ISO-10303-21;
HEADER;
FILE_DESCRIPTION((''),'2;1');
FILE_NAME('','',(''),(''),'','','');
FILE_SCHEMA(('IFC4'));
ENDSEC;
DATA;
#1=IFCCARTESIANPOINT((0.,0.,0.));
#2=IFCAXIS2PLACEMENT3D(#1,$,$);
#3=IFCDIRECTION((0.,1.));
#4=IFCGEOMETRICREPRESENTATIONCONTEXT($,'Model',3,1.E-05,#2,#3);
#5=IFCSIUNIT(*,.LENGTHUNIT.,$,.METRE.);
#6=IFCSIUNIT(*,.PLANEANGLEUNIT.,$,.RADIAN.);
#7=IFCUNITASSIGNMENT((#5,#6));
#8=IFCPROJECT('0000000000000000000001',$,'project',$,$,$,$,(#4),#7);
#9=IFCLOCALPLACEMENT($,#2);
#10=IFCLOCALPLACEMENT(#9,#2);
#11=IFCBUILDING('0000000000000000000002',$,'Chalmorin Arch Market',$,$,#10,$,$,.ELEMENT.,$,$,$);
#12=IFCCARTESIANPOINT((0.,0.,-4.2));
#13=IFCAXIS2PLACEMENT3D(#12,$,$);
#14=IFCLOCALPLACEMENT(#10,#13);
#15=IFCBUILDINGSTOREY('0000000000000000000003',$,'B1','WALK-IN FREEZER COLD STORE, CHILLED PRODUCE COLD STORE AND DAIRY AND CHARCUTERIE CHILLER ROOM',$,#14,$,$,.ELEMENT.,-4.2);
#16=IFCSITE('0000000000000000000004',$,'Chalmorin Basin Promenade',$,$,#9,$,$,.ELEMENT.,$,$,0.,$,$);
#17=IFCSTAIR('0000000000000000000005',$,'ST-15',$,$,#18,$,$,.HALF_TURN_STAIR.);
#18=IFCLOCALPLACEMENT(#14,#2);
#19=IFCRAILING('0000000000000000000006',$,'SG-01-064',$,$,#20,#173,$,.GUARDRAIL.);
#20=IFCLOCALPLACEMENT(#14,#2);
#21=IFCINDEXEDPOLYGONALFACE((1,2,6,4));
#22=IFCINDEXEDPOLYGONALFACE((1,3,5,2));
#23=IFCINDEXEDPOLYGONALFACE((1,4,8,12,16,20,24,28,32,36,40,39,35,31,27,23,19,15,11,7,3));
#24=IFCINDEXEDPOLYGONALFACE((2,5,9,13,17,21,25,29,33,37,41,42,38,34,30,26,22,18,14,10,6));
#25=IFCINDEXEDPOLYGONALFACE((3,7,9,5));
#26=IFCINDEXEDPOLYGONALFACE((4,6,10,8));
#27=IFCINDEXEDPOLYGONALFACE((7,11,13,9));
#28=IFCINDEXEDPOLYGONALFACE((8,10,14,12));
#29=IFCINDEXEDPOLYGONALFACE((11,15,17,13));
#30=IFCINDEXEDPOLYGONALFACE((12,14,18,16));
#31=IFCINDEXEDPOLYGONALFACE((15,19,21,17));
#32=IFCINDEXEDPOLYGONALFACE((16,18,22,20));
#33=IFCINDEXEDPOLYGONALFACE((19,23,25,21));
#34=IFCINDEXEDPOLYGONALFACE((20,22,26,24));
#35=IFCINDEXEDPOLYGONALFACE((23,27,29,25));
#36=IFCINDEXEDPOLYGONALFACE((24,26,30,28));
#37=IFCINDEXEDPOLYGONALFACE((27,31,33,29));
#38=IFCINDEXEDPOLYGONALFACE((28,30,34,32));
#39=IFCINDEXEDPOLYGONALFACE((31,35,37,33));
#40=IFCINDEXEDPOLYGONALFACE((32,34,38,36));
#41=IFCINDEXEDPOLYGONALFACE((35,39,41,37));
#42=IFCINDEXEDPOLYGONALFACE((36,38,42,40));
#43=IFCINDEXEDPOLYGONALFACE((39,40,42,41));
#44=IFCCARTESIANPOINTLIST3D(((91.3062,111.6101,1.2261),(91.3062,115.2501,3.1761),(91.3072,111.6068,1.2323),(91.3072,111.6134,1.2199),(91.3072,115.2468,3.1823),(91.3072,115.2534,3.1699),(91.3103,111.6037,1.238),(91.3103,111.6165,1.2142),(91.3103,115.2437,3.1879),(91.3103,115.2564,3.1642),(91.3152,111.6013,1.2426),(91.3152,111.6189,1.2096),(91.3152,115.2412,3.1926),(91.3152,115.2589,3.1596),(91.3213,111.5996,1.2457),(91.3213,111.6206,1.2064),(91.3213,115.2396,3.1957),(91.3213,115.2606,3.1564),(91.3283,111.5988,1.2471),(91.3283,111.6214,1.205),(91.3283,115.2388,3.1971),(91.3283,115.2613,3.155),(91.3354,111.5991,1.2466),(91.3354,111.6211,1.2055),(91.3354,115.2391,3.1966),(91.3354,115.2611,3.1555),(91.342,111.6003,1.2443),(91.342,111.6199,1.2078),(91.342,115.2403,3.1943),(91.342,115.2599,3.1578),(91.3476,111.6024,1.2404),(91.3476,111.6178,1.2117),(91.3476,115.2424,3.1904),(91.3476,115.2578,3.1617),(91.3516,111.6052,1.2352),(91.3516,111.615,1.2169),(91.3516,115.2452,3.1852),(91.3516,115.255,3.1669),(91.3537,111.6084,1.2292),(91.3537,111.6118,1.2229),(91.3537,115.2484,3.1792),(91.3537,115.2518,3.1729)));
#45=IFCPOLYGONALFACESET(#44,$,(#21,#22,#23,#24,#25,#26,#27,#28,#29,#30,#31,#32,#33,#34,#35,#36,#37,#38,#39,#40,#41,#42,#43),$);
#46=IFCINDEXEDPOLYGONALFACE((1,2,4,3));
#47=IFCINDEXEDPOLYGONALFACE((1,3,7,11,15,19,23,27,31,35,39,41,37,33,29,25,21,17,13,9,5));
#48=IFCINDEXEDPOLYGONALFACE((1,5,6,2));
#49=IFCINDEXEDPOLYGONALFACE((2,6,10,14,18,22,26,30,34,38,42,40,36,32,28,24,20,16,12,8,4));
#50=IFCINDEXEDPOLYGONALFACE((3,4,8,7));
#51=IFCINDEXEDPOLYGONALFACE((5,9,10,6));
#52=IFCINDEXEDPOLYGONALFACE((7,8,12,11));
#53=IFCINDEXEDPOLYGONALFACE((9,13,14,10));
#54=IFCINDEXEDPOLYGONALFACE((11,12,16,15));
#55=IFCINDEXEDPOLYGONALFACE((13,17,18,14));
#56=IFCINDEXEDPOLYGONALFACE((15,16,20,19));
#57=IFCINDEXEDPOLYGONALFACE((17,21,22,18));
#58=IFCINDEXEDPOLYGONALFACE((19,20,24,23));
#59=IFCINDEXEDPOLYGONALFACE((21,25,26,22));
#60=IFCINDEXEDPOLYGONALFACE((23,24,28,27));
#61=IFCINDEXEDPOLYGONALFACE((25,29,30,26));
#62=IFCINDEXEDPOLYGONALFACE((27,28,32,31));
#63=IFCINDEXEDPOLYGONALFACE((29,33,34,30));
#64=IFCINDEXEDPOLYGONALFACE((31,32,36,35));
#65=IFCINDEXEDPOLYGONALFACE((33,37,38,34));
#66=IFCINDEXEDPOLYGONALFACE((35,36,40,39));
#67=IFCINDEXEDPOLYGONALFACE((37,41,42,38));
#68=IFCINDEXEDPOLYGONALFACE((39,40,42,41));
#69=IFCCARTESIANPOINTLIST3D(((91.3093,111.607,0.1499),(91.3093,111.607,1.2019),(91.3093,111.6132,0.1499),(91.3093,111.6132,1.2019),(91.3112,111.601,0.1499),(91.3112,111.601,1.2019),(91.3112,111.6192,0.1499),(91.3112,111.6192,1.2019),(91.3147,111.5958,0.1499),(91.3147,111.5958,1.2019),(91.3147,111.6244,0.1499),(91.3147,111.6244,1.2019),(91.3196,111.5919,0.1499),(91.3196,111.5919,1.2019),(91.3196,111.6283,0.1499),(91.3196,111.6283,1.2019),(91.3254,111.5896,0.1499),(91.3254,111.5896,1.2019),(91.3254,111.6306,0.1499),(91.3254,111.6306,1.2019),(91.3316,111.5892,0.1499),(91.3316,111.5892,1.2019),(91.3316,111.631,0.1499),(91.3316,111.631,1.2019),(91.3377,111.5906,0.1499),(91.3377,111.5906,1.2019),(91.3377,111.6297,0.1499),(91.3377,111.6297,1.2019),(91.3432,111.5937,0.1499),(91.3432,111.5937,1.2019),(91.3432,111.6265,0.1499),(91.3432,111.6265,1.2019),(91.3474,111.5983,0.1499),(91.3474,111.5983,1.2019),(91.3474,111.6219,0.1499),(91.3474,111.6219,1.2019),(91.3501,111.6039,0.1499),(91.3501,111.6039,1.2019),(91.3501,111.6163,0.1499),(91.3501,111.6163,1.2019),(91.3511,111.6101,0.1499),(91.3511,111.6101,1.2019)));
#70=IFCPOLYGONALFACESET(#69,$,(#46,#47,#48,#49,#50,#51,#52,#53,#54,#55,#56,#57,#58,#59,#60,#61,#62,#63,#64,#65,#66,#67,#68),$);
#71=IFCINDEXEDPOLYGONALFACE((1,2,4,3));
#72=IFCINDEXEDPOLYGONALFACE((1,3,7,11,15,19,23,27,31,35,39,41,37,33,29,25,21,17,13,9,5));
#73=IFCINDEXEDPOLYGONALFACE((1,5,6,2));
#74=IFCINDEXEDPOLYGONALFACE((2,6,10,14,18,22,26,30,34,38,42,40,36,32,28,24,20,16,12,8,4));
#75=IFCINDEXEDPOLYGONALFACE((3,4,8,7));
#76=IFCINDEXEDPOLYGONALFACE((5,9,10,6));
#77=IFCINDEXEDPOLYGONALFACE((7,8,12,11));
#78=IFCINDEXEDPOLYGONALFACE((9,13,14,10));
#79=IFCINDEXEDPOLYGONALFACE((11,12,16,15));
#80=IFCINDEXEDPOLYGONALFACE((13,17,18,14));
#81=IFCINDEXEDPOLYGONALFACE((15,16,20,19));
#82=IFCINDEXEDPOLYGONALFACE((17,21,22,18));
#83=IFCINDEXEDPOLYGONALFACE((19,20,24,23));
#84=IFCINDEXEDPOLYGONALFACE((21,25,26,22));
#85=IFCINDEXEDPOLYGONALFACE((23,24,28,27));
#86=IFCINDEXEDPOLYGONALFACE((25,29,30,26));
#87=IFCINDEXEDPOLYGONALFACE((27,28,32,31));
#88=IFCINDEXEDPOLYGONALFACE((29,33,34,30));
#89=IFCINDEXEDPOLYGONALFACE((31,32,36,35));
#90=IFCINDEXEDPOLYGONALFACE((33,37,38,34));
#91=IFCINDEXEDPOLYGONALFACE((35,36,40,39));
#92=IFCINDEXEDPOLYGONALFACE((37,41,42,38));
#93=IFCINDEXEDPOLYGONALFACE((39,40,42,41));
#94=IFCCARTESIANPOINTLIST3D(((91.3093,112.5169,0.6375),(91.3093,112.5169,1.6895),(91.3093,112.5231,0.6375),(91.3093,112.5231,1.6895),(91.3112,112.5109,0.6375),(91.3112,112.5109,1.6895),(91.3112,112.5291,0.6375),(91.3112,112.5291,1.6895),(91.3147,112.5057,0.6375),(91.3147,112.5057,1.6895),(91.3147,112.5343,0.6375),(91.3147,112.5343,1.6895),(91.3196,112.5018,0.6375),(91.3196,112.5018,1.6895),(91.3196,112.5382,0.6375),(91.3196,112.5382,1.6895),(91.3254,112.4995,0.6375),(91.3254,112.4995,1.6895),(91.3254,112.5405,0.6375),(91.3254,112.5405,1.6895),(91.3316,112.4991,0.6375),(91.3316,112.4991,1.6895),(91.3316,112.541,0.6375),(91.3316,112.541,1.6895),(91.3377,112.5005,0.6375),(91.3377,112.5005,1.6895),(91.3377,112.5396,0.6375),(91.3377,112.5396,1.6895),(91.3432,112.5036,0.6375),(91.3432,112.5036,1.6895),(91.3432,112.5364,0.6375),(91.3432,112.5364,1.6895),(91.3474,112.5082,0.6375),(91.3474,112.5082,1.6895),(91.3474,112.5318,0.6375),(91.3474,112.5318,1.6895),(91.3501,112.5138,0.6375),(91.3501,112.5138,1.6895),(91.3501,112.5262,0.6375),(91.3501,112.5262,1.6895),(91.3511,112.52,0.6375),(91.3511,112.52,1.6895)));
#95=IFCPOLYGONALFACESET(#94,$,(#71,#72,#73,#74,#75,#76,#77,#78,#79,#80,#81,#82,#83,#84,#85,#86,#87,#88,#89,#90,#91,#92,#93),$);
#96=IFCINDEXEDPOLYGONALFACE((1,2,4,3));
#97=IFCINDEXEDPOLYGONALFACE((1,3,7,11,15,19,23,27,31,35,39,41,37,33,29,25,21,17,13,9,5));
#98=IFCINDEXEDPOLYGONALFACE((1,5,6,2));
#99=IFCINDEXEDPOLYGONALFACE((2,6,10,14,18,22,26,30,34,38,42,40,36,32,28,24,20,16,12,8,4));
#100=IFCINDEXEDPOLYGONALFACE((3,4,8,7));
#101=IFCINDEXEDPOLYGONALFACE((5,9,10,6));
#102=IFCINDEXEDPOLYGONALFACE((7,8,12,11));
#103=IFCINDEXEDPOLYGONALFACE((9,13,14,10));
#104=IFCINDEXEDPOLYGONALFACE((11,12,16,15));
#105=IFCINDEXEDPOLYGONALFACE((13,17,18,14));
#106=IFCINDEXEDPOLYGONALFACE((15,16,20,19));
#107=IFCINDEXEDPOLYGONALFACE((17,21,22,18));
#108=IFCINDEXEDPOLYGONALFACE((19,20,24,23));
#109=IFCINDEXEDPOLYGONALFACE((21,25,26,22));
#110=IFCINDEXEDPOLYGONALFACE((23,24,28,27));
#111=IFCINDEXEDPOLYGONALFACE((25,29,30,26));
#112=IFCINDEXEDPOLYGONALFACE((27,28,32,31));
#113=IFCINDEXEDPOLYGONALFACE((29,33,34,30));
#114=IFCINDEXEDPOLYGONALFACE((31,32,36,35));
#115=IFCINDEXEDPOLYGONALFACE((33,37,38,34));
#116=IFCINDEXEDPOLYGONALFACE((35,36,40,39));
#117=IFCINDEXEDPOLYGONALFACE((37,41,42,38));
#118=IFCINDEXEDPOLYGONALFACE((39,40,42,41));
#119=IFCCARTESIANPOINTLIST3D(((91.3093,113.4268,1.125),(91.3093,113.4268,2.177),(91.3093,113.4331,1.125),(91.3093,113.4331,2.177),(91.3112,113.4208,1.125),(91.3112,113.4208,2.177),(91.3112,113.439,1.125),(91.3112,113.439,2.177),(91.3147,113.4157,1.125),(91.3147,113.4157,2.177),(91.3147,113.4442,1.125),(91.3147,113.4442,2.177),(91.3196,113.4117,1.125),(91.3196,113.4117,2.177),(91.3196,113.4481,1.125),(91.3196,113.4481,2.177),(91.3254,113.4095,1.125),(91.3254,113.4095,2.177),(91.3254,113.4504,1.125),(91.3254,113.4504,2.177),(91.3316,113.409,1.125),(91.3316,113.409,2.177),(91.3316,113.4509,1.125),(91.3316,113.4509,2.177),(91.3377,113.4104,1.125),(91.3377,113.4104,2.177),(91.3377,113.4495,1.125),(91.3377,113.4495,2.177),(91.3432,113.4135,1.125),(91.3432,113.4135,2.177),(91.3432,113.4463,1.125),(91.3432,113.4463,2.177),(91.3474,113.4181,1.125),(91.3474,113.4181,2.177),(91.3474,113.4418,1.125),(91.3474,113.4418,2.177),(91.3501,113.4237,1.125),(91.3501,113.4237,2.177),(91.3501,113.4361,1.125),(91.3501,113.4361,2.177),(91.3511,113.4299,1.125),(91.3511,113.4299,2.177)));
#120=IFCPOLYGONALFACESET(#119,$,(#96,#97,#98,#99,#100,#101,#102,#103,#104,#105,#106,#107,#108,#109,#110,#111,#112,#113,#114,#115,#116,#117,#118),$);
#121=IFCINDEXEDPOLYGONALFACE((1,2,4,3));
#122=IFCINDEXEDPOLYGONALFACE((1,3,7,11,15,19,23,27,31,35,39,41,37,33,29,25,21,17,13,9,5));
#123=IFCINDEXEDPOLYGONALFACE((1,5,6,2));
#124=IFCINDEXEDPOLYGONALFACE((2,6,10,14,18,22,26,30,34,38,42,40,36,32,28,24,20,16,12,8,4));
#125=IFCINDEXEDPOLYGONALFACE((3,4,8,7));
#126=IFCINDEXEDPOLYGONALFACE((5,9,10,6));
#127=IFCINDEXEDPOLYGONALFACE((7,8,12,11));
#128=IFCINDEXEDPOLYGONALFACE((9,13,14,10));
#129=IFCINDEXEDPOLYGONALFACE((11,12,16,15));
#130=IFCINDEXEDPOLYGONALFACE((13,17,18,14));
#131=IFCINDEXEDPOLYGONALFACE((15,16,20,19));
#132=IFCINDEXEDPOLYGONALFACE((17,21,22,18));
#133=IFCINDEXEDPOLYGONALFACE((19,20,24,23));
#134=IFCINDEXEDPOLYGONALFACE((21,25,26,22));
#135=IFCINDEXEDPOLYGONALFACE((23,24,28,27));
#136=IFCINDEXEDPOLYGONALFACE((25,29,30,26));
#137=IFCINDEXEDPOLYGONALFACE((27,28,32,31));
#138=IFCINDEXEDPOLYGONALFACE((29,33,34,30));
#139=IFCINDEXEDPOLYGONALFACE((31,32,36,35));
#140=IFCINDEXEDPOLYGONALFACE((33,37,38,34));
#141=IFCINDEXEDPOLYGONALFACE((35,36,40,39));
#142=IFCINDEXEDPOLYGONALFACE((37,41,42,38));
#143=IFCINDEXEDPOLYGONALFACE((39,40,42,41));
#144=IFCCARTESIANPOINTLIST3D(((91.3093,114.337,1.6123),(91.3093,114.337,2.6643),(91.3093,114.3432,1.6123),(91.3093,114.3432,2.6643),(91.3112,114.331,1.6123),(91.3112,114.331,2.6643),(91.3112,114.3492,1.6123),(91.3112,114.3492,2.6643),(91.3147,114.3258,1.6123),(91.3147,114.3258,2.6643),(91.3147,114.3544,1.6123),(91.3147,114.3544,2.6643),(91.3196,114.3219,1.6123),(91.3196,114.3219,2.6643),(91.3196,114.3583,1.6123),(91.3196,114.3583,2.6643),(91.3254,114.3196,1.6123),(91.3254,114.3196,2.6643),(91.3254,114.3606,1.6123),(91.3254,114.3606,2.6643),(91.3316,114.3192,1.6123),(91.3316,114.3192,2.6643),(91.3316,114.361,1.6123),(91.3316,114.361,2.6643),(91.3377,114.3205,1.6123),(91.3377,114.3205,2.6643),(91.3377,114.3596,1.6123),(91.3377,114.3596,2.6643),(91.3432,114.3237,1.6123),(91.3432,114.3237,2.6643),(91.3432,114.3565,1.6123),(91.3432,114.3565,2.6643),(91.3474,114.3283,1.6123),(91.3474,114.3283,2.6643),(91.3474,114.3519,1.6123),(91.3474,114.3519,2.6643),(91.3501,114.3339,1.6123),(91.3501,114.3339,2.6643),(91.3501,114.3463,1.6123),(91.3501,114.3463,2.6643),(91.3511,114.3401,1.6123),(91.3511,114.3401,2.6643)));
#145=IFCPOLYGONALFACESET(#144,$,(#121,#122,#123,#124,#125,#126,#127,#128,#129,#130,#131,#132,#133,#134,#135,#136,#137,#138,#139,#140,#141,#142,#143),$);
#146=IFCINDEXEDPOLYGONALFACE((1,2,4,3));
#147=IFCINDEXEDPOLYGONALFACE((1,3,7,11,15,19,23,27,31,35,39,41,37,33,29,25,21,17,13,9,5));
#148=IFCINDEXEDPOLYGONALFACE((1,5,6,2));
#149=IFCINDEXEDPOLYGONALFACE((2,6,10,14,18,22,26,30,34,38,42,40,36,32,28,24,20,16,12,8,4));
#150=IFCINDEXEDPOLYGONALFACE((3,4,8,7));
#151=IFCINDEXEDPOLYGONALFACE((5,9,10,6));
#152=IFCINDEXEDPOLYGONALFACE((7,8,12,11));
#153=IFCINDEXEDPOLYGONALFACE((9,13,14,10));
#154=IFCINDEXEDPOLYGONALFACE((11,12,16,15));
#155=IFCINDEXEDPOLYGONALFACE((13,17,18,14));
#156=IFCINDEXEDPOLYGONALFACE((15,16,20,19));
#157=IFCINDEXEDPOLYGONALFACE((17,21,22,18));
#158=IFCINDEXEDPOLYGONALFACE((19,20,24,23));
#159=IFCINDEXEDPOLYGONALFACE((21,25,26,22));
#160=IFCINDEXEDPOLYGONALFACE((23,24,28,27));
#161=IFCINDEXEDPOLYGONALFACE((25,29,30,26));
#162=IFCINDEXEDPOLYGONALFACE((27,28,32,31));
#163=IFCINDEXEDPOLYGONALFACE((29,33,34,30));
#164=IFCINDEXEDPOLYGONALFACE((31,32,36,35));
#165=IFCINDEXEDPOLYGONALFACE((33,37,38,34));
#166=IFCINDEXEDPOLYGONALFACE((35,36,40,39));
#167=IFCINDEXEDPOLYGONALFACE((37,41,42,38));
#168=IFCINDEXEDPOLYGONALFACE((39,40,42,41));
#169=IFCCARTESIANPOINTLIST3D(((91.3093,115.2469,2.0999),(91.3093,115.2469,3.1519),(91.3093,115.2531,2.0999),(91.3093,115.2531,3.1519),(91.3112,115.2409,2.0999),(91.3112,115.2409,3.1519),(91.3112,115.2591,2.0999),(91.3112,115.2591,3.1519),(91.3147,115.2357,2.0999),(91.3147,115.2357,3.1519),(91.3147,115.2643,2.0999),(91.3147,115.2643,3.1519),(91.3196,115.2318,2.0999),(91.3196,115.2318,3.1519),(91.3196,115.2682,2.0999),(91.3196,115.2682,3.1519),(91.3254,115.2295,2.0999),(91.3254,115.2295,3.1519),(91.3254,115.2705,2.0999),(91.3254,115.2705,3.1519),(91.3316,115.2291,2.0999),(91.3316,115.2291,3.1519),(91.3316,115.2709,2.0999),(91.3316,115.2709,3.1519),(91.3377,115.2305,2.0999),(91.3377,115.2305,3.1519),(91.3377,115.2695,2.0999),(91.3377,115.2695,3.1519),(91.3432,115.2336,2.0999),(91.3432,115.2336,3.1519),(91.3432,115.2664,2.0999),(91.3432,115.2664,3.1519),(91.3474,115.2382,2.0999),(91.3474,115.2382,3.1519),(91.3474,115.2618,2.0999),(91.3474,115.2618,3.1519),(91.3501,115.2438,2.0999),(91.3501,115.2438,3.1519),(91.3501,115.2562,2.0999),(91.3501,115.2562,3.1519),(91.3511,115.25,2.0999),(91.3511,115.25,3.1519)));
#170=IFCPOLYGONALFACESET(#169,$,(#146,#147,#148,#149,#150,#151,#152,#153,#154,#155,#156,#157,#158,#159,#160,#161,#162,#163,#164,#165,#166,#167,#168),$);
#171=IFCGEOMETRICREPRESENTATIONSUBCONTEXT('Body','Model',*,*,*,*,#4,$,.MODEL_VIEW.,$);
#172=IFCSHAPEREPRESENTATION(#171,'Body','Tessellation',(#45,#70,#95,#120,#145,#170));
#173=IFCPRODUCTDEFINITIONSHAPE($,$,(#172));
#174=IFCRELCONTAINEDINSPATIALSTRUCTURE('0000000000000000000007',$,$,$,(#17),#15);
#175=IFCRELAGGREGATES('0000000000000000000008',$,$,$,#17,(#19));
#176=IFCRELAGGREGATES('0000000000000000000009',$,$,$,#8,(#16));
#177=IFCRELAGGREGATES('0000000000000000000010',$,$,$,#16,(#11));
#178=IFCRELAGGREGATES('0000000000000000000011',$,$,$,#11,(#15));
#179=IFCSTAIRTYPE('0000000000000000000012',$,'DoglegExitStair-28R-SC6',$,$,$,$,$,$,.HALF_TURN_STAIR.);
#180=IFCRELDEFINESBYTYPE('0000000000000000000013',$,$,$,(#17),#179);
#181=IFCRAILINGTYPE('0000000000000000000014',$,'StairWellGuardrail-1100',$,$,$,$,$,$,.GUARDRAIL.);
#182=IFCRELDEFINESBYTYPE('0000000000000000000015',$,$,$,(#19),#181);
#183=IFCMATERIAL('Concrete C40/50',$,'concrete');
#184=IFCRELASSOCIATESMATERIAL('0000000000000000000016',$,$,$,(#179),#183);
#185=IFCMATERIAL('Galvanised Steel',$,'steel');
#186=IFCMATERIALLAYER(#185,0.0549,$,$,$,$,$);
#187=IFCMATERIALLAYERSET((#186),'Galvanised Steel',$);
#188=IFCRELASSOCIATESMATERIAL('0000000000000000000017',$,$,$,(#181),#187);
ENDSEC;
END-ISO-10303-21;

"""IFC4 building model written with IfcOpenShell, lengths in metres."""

from ifc_helpers import new_model, si_unit, direction, frame, origin, origin_2d, place, context, subcontext, project, spatial, circle, extrude, material, layer, layer_set, type_object, element, aggregate, save


model = new_model("IFC4")

# Units and contexts
model_context = context("Model", 3, precision=1e-05, world=origin(), true_north=direction((0.0, 1.0)))
body_context = subcontext(model_context, "Body", "Model", "MODEL_VIEW")
ifc_project = project(units=[si_unit("LENGTHUNIT", "METRE"), si_unit("PLANEANGLEUNIT", "RADIAN")], contexts=[model_context])

# Site, building, storey
site_placement = place(None, origin())
site = spatial("IfcSite", under=ifc_project, at=site_placement, Name="Chalmorin Basin Promenade", CompositionType="ELEMENT", RefElevation=0.0)
building_placement = place(site_placement, origin())
building = spatial("IfcBuilding", under=site, at=building_placement, Name="Chalmorin Arch Market", CompositionType="ELEMENT")
storey_placement = place(building_placement, frame((0.0, 0.0, -4.2)))
storey = spatial("IfcBuildingStorey", under=building, at=storey_placement, Name="B1", Description="WALK-IN FREEZER COLD STORE, CHILLED PRODUCE COLD STORE AND DAIRY AND CHARCUTERIE CHILLER ROOM", CompositionType="ELEMENT", Elevation=-4.2)

# Shared definitions
ifc_material_1 = material(Name="Concrete C40/50", Category="concrete")

# Stair, railing
stair_type = type_object("IfcStairType", Name="DoglegExitStair-28R-SC6", PredefinedType="HALF_TURN_STAIR", material=ifc_material_1)
stair_placement = place(storey_placement, origin())
stair = element("IfcStair", 1, at=stair_placement, inside=storey, type_object=stair_type, Name="ST-15", PredefinedType="HALF_TURN_STAIR")
ifc_material_2 = material(Name="Galvanised Steel", Category="steel")
ifc_layer_1 = layer(ifc_material_2, 0.0549)
ifc_layer_set_1 = layer_set([ifc_layer_1], Name="Galvanised Steel")
railing_type_1 = type_object("IfcRailingType", Name="StairWellGuardrail-1100", PredefinedType="GUARDRAIL", material=ifc_layer_set_1)
railing_1_placement = place(storey_placement, frame((91.3301, 111.6101, 0.1499)))
railing_1 = element("IfcRailing", 2, at=railing_1_placement, type_object=railing_type_1, Name="SG-01-064", PredefinedType="GUARDRAIL", context=body_context, shape_type="SweptSolid", body=[
    extrude(circle(Radius=0.0239, at=origin_2d()), frame((0.0, 0.0, 1.0762), z_axis=(0.0, 0.881479, 0.472223), x_axis=(-1.0, 0.0, 0.0)), (0.0, 0.0, 1.0), 4.1294),
    extrude(circle(Radius=0.021, at=origin_2d()), origin(), (0.0, 0.0, 1.0), 1.052),
    extrude(circle(Radius=0.021, at=origin_2d()), frame((0.0, 0.9099, 0.4875)), (0.0, 0.0, 1.0), 1.052),
    extrude(circle(Radius=0.021, at=origin_2d()), frame((0.0, 1.8198, 0.9751)), (0.0, 0.0, 1.0), 1.052),
    extrude(circle(Radius=0.021, at=origin_2d()), frame((0.0, 2.73, 1.4624)), (0.0, 0.0, 1.0), 1.052),
    extrude(circle(Radius=0.021, at=origin_2d()), frame((0.0, 3.6399, 1.95)), (0.0, 0.0, 1.0), 1.052),
])
aggregate(stair, [railing_1])

save(model, "model.ifc")
